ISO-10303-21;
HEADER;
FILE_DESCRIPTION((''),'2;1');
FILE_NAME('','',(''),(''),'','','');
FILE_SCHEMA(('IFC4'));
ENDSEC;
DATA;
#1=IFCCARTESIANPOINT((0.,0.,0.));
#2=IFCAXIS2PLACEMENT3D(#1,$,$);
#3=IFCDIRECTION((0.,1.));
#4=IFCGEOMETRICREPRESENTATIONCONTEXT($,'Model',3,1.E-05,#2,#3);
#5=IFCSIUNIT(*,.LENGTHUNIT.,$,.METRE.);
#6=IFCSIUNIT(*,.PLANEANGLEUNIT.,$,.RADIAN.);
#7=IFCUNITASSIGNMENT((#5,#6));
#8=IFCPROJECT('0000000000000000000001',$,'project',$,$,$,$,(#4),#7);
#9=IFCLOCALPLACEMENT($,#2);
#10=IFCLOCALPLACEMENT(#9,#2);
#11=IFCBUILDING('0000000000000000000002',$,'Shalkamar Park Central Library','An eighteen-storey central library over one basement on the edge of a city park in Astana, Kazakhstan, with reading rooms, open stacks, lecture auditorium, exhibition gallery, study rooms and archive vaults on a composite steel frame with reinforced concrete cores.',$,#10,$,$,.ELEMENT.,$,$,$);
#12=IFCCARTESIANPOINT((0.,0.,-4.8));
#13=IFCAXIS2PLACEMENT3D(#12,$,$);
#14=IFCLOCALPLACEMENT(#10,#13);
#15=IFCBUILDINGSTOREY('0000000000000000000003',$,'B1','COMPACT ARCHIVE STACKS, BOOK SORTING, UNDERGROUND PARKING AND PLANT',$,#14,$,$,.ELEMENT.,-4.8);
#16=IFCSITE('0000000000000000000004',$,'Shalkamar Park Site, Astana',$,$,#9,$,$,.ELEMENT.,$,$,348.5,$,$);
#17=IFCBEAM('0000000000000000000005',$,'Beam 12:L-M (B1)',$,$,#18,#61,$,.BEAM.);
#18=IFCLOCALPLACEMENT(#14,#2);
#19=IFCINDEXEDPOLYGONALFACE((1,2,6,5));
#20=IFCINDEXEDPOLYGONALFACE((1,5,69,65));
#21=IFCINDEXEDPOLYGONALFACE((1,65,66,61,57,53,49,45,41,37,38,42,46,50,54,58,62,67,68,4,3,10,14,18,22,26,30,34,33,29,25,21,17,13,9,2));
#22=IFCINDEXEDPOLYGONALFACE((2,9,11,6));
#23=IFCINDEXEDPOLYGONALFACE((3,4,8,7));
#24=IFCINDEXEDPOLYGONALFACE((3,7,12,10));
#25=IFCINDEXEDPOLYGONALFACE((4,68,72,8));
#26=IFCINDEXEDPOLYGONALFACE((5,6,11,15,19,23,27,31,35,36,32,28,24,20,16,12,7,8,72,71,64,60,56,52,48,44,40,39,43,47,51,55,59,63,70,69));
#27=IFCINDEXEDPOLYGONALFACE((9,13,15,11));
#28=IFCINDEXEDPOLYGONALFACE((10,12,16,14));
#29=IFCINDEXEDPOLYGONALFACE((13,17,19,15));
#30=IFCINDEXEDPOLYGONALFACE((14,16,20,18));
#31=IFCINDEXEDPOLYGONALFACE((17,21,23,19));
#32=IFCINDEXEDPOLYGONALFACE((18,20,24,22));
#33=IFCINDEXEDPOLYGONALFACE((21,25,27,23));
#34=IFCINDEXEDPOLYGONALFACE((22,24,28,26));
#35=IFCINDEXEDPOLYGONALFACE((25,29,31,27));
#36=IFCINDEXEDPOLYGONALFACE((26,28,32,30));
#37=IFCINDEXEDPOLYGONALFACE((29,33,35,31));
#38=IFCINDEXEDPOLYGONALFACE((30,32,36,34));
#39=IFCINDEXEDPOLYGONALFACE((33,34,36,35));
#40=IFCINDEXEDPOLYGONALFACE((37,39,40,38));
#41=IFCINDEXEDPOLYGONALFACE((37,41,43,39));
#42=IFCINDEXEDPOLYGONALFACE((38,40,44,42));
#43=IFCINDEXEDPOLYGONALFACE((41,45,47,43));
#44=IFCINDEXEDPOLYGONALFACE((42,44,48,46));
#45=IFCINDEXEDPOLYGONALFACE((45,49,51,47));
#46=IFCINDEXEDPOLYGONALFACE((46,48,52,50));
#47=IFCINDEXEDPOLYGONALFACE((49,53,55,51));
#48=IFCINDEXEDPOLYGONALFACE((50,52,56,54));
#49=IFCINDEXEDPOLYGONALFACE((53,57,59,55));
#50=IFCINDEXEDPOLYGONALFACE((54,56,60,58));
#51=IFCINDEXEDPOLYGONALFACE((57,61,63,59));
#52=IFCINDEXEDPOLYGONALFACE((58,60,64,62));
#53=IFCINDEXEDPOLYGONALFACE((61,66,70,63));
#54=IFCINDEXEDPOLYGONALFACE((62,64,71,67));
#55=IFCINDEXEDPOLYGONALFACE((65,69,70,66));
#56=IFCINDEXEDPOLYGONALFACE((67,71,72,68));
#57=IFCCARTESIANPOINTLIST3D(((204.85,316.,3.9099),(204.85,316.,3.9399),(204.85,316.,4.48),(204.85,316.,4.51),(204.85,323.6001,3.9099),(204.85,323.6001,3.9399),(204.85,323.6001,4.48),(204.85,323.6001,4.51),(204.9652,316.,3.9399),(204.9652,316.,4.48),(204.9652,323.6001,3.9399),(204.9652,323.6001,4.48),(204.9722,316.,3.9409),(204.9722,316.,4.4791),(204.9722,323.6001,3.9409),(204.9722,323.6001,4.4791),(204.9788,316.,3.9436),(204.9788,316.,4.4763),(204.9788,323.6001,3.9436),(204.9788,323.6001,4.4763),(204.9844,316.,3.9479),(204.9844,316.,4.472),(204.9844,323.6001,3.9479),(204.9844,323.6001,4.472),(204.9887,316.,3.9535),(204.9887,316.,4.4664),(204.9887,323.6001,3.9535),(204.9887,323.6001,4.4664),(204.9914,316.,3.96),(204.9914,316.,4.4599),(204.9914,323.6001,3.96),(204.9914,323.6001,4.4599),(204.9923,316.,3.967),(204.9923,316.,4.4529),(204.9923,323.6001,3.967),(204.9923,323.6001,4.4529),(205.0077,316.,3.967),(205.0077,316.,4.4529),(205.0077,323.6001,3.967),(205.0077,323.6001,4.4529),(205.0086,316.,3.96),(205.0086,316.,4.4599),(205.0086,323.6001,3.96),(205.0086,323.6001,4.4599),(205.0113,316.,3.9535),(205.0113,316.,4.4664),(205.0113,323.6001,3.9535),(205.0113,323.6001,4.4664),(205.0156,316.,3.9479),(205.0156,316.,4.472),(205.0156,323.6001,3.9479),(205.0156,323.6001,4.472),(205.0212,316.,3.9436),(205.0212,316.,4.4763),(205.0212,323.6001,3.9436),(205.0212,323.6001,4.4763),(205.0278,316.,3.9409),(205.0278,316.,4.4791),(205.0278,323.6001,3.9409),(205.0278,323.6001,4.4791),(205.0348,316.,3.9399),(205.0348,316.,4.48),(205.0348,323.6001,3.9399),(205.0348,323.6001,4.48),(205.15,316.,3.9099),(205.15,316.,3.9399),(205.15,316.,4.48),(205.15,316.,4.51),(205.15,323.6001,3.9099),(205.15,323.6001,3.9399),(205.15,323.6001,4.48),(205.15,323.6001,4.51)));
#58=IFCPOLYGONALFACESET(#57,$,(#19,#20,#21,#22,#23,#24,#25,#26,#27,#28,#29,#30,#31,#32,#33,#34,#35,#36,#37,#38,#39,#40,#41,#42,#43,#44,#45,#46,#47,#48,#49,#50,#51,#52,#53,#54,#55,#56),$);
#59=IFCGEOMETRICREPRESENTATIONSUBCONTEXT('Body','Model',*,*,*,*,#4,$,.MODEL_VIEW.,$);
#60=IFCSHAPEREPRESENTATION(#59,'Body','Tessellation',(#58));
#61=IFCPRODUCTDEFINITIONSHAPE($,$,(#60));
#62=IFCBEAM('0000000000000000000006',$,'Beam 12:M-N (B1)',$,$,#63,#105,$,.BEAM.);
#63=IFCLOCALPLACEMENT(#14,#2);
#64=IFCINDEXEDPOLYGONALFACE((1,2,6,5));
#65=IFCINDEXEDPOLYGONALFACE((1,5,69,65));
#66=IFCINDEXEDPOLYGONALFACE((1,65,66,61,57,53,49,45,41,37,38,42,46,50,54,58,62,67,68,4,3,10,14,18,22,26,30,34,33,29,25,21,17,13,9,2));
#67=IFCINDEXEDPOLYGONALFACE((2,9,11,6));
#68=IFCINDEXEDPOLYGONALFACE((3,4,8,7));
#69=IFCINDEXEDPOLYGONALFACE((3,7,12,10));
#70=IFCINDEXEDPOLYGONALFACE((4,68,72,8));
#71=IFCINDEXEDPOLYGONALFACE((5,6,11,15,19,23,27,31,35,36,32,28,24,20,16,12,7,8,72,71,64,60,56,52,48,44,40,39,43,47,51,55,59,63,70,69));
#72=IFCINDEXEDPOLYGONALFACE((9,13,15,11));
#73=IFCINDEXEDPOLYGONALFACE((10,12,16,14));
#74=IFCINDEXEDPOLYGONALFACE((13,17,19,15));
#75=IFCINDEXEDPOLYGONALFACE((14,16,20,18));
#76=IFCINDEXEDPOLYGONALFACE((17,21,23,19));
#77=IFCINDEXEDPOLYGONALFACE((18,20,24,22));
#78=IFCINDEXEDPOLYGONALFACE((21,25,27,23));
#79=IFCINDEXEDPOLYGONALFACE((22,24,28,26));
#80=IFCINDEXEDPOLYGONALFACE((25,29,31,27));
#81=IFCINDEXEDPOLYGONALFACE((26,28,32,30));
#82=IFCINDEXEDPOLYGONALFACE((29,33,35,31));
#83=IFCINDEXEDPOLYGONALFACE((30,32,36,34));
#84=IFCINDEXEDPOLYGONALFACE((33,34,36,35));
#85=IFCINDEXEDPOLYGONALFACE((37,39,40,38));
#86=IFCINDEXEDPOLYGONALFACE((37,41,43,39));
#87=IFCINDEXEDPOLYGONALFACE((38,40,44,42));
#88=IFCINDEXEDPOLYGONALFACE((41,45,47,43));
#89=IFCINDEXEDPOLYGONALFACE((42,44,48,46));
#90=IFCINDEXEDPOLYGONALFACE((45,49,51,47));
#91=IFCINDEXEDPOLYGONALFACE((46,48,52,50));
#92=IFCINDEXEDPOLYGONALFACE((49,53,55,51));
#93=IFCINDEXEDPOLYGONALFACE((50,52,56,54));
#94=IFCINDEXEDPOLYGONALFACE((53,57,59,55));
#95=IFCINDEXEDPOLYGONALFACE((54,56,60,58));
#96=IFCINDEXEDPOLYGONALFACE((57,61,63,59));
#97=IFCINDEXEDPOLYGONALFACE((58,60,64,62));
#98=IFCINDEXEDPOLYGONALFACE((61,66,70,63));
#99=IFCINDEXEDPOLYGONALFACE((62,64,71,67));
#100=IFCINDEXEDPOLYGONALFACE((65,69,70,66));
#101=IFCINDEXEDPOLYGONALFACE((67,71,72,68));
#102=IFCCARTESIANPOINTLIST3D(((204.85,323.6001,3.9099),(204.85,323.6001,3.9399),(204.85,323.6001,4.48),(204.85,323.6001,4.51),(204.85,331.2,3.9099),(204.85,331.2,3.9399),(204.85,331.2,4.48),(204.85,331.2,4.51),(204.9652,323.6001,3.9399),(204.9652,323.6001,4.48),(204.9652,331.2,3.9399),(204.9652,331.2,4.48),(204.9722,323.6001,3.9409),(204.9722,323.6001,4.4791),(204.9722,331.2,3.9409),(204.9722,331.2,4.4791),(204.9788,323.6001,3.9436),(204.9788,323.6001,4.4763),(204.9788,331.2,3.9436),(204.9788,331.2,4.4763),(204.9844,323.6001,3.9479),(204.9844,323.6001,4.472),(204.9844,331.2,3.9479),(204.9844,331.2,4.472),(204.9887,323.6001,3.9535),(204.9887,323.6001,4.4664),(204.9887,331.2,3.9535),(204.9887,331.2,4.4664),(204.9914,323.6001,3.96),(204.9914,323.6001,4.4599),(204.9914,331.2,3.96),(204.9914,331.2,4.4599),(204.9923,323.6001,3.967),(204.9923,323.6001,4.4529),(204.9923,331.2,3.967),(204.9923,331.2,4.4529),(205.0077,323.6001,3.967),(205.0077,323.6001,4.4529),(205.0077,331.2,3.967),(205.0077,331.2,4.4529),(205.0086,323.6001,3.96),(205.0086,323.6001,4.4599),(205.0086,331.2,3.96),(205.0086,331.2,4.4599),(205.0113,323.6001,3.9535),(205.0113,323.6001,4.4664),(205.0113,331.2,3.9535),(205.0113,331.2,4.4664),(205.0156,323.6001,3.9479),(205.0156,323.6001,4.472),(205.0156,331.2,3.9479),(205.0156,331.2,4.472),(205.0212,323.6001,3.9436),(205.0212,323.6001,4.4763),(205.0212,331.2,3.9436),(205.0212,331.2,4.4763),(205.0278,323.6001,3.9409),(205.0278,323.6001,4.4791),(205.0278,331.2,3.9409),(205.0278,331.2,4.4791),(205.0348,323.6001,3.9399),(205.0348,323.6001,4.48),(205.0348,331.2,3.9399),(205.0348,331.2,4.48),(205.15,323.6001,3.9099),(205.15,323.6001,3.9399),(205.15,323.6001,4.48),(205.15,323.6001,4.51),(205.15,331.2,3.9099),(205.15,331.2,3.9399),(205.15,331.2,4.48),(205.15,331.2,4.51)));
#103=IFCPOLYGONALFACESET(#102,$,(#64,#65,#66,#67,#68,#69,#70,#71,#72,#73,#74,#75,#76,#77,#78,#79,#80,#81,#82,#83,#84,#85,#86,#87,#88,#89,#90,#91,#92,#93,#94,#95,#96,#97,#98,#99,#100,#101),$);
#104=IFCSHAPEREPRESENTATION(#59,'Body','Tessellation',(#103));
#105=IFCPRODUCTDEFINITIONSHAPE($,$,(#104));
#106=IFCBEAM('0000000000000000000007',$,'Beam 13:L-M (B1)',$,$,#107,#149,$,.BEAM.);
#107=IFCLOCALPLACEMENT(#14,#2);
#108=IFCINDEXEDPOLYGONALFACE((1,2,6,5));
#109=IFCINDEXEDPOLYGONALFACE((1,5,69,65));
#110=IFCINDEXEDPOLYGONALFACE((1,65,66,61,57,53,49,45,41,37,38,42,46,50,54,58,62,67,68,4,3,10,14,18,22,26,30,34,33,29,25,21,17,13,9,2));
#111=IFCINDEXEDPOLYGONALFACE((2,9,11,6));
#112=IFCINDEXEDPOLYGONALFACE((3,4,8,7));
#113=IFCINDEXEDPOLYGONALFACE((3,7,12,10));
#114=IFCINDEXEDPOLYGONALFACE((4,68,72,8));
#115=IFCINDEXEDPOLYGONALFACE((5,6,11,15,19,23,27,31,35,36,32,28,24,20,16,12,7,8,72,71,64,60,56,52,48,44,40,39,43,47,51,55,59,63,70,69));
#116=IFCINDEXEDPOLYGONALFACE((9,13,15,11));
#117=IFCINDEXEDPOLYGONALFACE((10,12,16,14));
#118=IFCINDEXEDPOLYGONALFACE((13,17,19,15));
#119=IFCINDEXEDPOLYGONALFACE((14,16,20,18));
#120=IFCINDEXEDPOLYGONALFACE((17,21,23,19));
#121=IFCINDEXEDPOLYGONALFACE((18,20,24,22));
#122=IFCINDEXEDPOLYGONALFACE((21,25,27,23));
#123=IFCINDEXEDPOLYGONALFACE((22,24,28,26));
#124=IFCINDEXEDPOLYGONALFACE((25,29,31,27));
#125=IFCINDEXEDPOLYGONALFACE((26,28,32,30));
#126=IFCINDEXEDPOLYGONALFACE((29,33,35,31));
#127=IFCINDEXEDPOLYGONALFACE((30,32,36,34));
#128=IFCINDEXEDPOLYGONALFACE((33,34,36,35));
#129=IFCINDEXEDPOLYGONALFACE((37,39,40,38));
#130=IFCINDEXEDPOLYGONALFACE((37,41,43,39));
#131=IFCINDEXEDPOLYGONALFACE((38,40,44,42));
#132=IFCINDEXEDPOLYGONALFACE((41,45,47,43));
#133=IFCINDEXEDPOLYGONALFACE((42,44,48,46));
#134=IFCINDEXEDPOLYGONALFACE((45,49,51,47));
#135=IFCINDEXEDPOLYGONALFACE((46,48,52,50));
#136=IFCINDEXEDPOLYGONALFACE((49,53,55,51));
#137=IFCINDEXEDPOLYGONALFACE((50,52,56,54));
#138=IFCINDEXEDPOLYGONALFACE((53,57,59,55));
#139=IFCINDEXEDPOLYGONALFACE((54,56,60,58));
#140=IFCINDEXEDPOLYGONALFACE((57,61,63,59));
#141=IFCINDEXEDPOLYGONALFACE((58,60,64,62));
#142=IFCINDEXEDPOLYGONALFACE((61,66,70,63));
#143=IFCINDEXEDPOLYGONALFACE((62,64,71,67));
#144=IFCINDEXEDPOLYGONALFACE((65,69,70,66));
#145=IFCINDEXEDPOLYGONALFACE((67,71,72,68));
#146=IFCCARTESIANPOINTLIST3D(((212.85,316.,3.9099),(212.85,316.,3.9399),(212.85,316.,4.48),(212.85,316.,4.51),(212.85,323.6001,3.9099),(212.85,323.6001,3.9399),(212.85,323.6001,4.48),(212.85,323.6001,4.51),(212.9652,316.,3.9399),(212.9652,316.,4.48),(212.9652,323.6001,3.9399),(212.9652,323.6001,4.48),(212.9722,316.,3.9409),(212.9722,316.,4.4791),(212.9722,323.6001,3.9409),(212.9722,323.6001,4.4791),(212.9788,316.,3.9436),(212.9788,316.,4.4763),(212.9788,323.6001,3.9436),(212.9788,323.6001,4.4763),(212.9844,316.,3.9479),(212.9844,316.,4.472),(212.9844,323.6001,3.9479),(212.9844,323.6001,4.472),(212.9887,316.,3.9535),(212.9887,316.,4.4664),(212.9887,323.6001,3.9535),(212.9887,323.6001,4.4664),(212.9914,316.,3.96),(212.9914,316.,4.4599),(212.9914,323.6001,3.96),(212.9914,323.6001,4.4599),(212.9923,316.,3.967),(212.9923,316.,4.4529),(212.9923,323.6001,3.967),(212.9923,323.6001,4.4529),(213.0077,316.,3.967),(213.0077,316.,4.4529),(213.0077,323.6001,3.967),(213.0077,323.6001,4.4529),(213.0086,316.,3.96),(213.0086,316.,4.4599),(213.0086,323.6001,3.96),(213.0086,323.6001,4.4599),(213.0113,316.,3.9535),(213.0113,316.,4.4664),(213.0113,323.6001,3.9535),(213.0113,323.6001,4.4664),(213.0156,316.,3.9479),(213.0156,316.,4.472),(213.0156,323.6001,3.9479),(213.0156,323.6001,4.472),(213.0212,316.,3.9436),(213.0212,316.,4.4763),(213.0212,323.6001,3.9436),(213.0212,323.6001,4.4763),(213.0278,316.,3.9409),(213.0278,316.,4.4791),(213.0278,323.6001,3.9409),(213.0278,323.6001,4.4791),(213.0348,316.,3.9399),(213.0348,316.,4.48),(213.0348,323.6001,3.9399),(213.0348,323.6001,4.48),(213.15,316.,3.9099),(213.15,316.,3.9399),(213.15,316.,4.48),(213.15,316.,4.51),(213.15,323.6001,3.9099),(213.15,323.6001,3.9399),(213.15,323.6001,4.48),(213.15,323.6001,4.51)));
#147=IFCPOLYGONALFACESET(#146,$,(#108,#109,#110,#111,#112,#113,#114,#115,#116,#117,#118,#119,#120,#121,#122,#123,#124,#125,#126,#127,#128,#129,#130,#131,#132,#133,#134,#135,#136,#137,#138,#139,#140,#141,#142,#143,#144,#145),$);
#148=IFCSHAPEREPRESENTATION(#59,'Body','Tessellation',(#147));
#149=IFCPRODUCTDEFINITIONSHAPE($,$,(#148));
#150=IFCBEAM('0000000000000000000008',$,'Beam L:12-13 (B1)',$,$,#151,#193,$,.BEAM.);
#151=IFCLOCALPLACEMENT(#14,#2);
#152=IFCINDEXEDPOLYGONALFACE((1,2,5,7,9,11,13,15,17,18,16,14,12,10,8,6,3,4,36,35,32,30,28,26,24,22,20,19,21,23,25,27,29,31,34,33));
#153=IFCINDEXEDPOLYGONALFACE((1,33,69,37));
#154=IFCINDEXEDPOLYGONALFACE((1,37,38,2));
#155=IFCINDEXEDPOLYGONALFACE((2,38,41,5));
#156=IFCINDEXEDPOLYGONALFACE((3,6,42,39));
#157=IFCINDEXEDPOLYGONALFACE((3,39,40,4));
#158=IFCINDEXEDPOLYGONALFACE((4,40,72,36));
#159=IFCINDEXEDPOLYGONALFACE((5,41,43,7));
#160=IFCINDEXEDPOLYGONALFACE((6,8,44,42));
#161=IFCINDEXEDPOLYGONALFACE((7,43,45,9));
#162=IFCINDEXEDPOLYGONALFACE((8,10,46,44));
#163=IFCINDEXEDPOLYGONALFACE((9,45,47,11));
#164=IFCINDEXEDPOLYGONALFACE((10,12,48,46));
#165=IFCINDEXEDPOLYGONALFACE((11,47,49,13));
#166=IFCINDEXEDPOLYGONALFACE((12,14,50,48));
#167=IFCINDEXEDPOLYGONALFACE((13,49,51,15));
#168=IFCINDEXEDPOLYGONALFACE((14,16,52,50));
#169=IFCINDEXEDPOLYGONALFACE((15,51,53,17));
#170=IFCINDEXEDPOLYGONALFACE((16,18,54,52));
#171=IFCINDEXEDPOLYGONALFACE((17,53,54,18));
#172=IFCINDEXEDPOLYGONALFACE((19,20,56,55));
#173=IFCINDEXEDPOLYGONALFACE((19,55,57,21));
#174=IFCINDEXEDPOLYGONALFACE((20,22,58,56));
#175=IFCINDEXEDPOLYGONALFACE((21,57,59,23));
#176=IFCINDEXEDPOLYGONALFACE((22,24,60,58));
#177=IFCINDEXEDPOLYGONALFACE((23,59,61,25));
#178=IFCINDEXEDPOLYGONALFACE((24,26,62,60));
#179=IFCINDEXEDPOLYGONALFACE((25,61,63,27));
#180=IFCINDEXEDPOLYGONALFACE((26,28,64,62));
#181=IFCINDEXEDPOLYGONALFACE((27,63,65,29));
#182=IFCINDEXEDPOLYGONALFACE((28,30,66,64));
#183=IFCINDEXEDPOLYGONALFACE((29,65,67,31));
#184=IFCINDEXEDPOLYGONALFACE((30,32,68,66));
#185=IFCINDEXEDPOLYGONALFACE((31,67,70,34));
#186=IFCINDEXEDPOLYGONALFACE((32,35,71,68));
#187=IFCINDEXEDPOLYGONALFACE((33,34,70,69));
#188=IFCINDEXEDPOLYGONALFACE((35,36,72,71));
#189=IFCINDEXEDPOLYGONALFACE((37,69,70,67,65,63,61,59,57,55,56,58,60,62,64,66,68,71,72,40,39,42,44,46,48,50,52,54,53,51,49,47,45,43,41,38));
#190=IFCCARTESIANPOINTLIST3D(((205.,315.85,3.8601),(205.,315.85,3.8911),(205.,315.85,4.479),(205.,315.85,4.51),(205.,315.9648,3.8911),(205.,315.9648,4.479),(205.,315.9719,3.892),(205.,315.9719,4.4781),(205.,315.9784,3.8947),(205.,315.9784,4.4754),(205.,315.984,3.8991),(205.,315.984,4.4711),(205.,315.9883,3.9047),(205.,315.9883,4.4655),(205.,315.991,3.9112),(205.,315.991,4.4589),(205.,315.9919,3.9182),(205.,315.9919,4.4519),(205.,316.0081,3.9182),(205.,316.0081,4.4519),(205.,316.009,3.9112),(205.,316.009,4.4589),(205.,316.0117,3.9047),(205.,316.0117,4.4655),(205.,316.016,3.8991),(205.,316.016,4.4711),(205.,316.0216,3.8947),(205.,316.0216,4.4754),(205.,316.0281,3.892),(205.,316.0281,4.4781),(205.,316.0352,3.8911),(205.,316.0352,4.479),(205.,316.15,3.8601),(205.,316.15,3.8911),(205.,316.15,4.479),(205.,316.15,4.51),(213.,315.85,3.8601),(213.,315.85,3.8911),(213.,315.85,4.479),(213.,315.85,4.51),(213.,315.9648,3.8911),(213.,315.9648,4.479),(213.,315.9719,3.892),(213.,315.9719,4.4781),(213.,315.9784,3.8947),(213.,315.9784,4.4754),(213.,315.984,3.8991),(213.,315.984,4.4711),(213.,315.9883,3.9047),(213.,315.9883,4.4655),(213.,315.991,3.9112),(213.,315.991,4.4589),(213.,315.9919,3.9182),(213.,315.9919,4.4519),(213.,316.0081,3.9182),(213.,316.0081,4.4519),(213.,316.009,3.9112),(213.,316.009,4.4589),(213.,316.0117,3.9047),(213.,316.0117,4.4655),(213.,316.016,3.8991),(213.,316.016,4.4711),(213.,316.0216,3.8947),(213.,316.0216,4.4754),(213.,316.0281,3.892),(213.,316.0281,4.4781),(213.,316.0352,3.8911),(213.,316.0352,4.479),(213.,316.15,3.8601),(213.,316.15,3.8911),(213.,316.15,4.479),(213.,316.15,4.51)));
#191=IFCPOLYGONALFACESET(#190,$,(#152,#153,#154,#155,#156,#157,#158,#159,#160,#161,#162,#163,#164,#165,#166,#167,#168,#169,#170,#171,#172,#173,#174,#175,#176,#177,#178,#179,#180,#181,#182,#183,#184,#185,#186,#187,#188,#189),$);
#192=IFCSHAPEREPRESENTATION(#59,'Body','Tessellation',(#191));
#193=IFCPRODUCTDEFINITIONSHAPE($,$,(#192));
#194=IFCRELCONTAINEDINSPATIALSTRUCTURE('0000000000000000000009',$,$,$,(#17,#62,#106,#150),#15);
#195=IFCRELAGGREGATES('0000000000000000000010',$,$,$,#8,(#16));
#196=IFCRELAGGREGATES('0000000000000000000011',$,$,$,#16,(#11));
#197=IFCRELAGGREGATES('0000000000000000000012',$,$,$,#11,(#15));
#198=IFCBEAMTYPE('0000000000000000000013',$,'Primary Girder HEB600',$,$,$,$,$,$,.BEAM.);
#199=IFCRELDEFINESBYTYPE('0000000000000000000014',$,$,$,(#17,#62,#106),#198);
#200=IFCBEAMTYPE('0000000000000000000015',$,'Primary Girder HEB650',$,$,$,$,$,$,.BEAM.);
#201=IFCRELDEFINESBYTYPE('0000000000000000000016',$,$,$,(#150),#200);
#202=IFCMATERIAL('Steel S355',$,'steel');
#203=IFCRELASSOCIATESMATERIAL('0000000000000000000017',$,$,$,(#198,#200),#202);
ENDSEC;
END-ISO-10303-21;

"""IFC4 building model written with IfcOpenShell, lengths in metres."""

from ifc_helpers import new_model, si_unit, direction, frame, origin, origin_2d, place, context, subcontext, project, spatial, i_section, extrude, material, material_profile, profile_set, type_object, element, save


model = new_model("IFC4")

# Units and contexts
model_context = context("Model", 3, precision=1e-05, world=origin(), true_north=direction((0.0, 1.0)))
body_context = subcontext(model_context, "Body", "Model", "MODEL_VIEW")
ifc_project = project(units=[si_unit("LENGTHUNIT", "METRE"), si_unit("PLANEANGLEUNIT", "RADIAN")], contexts=[model_context])

# Site, building, storey
site_placement = place(None, origin())
site = spatial("IfcSite", under=ifc_project, at=site_placement, Name="Shalkamar Park Site, Astana", CompositionType="ELEMENT", RefElevation=348.5)
building_placement = place(site_placement, origin())
building = spatial("IfcBuilding", under=site, at=building_placement, Name="Shalkamar Park Central Library", Description="An eighteen-storey central library over one basement on the edge of a city park in Astana, Kazakhstan, with reading rooms, open stacks, lecture auditorium, exhibition gallery, study rooms and archive vaults on a composite steel frame with reinforced concrete cores.", CompositionType="ELEMENT")
storey_placement = place(building_placement, frame((0.0, 0.0, -4.8)))
storey = spatial("IfcBuildingStorey", under=building, at=storey_placement, Name="B1", Description="COMPACT ARCHIVE STACKS, BOOK SORTING, UNDERGROUND PARKING AND PLANT", CompositionType="ELEMENT", Elevation=-4.8)

# Shared definitions
ifc_material_1 = material(Name="Steel S355", Category="steel")

# Beams
ifc_material_profile_1 = material_profile(ifc_material_1, i_section(OverallWidth=0.3, OverallDepth=0.6001, WebThickness=0.0154, FlangeThickness=0.03, FilletRadius=0.0271, at=origin_2d()), Name="HEB 600")
ifc_profile_set_1 = profile_set([ifc_material_profile_1], Name="Steel S355")
beam_type_1 = type_object("IfcBeamType", Name="Primary Girder HEB600", PredefinedType="BEAM", material=ifc_profile_set_1)
beam_1_placement = place(storey_placement, frame((205.0, 316.0, 4.21), z_axis=(0.0, 1.0, 0.0), x_axis=(-1.0, 0.0, 0.0)))
element("IfcBeam", 1, at=beam_1_placement, inside=storey, type_object=beam_type_1, Name="Beam 12:L-M (B1)", PredefinedType="BEAM", context=body_context, shape_type="SweptSolid", body=[
    extrude(i_section(OverallWidth=0.3, OverallDepth=0.6001, WebThickness=0.0154, FlangeThickness=0.03, FilletRadius=0.0271, at=origin_2d()), origin(), (0.0, 0.0, 1.0), 7.6001),
])
beam_2_placement = place(storey_placement, frame((205.0, 323.6001, 4.21), z_axis=(0.0, 1.0, 0.0), x_axis=(-1.0, 0.0, 0.0)))
element("IfcBeam", 2, at=beam_2_placement, inside=storey, type_object=beam_type_1, Name="Beam 12:M-N (B1)", PredefinedType="BEAM", context=body_context, shape_type="SweptSolid", body=[
    extrude(i_section(OverallWidth=0.3, OverallDepth=0.6001, WebThickness=0.0154, FlangeThickness=0.03, FilletRadius=0.0271, at=origin_2d()), origin(), (0.0, 0.0, 1.0), 7.5999),
])
beam_3_placement = place(storey_placement, frame((213.0, 316.0, 4.21), z_axis=(0.0, 1.0, 0.0), x_axis=(-1.0, 0.0, 0.0)))
element("IfcBeam", 3, at=beam_3_placement, inside=storey, type_object=beam_type_1, Name="Beam 13:L-M (B1)", PredefinedType="BEAM", context=body_context, shape_type="SweptSolid", body=[
    extrude(i_section(OverallWidth=0.3, OverallDepth=0.6001, WebThickness=0.0154, FlangeThickness=0.03, FilletRadius=0.0271, at=origin_2d()), origin(), (0.0, 0.0, 1.0), 7.6001),
])
ifc_material_profile_2 = material_profile(ifc_material_1, i_section(OverallWidth=0.3, OverallDepth=0.6499, WebThickness=0.0161, FlangeThickness=0.031, FilletRadius=0.0271, at=origin_2d()), Name="HEB 650")
ifc_profile_set_2 = profile_set([ifc_material_profile_2], Name="Steel S355")
beam_type_2 = type_object("IfcBeamType", Name="Primary Girder HEB650", PredefinedType="BEAM", material=ifc_profile_set_2)
for number, where, z_axis, x_axis, name in (
    (4, (205.0, 316.0, 4.1851), (1.0, 0.0, 0.0), (0.0, 1.0, 0.0), "Beam L:12-13 (B1)"),
):
    element("IfcBeam", number, at=place(storey_placement, frame(where, z_axis=z_axis, x_axis=x_axis)), inside=storey, type_object=beam_type_2, Name=name, PredefinedType="BEAM", context=body_context, shape_type="SweptSolid", body=[
        extrude(i_section(OverallWidth=0.3, OverallDepth=0.6499, WebThickness=0.0161, FlangeThickness=0.031, FilletRadius=0.0271, at=origin_2d()), origin(), (0.0, 0.0, 1.0), 8.0),
    ])

save(model, "model.ifc")
